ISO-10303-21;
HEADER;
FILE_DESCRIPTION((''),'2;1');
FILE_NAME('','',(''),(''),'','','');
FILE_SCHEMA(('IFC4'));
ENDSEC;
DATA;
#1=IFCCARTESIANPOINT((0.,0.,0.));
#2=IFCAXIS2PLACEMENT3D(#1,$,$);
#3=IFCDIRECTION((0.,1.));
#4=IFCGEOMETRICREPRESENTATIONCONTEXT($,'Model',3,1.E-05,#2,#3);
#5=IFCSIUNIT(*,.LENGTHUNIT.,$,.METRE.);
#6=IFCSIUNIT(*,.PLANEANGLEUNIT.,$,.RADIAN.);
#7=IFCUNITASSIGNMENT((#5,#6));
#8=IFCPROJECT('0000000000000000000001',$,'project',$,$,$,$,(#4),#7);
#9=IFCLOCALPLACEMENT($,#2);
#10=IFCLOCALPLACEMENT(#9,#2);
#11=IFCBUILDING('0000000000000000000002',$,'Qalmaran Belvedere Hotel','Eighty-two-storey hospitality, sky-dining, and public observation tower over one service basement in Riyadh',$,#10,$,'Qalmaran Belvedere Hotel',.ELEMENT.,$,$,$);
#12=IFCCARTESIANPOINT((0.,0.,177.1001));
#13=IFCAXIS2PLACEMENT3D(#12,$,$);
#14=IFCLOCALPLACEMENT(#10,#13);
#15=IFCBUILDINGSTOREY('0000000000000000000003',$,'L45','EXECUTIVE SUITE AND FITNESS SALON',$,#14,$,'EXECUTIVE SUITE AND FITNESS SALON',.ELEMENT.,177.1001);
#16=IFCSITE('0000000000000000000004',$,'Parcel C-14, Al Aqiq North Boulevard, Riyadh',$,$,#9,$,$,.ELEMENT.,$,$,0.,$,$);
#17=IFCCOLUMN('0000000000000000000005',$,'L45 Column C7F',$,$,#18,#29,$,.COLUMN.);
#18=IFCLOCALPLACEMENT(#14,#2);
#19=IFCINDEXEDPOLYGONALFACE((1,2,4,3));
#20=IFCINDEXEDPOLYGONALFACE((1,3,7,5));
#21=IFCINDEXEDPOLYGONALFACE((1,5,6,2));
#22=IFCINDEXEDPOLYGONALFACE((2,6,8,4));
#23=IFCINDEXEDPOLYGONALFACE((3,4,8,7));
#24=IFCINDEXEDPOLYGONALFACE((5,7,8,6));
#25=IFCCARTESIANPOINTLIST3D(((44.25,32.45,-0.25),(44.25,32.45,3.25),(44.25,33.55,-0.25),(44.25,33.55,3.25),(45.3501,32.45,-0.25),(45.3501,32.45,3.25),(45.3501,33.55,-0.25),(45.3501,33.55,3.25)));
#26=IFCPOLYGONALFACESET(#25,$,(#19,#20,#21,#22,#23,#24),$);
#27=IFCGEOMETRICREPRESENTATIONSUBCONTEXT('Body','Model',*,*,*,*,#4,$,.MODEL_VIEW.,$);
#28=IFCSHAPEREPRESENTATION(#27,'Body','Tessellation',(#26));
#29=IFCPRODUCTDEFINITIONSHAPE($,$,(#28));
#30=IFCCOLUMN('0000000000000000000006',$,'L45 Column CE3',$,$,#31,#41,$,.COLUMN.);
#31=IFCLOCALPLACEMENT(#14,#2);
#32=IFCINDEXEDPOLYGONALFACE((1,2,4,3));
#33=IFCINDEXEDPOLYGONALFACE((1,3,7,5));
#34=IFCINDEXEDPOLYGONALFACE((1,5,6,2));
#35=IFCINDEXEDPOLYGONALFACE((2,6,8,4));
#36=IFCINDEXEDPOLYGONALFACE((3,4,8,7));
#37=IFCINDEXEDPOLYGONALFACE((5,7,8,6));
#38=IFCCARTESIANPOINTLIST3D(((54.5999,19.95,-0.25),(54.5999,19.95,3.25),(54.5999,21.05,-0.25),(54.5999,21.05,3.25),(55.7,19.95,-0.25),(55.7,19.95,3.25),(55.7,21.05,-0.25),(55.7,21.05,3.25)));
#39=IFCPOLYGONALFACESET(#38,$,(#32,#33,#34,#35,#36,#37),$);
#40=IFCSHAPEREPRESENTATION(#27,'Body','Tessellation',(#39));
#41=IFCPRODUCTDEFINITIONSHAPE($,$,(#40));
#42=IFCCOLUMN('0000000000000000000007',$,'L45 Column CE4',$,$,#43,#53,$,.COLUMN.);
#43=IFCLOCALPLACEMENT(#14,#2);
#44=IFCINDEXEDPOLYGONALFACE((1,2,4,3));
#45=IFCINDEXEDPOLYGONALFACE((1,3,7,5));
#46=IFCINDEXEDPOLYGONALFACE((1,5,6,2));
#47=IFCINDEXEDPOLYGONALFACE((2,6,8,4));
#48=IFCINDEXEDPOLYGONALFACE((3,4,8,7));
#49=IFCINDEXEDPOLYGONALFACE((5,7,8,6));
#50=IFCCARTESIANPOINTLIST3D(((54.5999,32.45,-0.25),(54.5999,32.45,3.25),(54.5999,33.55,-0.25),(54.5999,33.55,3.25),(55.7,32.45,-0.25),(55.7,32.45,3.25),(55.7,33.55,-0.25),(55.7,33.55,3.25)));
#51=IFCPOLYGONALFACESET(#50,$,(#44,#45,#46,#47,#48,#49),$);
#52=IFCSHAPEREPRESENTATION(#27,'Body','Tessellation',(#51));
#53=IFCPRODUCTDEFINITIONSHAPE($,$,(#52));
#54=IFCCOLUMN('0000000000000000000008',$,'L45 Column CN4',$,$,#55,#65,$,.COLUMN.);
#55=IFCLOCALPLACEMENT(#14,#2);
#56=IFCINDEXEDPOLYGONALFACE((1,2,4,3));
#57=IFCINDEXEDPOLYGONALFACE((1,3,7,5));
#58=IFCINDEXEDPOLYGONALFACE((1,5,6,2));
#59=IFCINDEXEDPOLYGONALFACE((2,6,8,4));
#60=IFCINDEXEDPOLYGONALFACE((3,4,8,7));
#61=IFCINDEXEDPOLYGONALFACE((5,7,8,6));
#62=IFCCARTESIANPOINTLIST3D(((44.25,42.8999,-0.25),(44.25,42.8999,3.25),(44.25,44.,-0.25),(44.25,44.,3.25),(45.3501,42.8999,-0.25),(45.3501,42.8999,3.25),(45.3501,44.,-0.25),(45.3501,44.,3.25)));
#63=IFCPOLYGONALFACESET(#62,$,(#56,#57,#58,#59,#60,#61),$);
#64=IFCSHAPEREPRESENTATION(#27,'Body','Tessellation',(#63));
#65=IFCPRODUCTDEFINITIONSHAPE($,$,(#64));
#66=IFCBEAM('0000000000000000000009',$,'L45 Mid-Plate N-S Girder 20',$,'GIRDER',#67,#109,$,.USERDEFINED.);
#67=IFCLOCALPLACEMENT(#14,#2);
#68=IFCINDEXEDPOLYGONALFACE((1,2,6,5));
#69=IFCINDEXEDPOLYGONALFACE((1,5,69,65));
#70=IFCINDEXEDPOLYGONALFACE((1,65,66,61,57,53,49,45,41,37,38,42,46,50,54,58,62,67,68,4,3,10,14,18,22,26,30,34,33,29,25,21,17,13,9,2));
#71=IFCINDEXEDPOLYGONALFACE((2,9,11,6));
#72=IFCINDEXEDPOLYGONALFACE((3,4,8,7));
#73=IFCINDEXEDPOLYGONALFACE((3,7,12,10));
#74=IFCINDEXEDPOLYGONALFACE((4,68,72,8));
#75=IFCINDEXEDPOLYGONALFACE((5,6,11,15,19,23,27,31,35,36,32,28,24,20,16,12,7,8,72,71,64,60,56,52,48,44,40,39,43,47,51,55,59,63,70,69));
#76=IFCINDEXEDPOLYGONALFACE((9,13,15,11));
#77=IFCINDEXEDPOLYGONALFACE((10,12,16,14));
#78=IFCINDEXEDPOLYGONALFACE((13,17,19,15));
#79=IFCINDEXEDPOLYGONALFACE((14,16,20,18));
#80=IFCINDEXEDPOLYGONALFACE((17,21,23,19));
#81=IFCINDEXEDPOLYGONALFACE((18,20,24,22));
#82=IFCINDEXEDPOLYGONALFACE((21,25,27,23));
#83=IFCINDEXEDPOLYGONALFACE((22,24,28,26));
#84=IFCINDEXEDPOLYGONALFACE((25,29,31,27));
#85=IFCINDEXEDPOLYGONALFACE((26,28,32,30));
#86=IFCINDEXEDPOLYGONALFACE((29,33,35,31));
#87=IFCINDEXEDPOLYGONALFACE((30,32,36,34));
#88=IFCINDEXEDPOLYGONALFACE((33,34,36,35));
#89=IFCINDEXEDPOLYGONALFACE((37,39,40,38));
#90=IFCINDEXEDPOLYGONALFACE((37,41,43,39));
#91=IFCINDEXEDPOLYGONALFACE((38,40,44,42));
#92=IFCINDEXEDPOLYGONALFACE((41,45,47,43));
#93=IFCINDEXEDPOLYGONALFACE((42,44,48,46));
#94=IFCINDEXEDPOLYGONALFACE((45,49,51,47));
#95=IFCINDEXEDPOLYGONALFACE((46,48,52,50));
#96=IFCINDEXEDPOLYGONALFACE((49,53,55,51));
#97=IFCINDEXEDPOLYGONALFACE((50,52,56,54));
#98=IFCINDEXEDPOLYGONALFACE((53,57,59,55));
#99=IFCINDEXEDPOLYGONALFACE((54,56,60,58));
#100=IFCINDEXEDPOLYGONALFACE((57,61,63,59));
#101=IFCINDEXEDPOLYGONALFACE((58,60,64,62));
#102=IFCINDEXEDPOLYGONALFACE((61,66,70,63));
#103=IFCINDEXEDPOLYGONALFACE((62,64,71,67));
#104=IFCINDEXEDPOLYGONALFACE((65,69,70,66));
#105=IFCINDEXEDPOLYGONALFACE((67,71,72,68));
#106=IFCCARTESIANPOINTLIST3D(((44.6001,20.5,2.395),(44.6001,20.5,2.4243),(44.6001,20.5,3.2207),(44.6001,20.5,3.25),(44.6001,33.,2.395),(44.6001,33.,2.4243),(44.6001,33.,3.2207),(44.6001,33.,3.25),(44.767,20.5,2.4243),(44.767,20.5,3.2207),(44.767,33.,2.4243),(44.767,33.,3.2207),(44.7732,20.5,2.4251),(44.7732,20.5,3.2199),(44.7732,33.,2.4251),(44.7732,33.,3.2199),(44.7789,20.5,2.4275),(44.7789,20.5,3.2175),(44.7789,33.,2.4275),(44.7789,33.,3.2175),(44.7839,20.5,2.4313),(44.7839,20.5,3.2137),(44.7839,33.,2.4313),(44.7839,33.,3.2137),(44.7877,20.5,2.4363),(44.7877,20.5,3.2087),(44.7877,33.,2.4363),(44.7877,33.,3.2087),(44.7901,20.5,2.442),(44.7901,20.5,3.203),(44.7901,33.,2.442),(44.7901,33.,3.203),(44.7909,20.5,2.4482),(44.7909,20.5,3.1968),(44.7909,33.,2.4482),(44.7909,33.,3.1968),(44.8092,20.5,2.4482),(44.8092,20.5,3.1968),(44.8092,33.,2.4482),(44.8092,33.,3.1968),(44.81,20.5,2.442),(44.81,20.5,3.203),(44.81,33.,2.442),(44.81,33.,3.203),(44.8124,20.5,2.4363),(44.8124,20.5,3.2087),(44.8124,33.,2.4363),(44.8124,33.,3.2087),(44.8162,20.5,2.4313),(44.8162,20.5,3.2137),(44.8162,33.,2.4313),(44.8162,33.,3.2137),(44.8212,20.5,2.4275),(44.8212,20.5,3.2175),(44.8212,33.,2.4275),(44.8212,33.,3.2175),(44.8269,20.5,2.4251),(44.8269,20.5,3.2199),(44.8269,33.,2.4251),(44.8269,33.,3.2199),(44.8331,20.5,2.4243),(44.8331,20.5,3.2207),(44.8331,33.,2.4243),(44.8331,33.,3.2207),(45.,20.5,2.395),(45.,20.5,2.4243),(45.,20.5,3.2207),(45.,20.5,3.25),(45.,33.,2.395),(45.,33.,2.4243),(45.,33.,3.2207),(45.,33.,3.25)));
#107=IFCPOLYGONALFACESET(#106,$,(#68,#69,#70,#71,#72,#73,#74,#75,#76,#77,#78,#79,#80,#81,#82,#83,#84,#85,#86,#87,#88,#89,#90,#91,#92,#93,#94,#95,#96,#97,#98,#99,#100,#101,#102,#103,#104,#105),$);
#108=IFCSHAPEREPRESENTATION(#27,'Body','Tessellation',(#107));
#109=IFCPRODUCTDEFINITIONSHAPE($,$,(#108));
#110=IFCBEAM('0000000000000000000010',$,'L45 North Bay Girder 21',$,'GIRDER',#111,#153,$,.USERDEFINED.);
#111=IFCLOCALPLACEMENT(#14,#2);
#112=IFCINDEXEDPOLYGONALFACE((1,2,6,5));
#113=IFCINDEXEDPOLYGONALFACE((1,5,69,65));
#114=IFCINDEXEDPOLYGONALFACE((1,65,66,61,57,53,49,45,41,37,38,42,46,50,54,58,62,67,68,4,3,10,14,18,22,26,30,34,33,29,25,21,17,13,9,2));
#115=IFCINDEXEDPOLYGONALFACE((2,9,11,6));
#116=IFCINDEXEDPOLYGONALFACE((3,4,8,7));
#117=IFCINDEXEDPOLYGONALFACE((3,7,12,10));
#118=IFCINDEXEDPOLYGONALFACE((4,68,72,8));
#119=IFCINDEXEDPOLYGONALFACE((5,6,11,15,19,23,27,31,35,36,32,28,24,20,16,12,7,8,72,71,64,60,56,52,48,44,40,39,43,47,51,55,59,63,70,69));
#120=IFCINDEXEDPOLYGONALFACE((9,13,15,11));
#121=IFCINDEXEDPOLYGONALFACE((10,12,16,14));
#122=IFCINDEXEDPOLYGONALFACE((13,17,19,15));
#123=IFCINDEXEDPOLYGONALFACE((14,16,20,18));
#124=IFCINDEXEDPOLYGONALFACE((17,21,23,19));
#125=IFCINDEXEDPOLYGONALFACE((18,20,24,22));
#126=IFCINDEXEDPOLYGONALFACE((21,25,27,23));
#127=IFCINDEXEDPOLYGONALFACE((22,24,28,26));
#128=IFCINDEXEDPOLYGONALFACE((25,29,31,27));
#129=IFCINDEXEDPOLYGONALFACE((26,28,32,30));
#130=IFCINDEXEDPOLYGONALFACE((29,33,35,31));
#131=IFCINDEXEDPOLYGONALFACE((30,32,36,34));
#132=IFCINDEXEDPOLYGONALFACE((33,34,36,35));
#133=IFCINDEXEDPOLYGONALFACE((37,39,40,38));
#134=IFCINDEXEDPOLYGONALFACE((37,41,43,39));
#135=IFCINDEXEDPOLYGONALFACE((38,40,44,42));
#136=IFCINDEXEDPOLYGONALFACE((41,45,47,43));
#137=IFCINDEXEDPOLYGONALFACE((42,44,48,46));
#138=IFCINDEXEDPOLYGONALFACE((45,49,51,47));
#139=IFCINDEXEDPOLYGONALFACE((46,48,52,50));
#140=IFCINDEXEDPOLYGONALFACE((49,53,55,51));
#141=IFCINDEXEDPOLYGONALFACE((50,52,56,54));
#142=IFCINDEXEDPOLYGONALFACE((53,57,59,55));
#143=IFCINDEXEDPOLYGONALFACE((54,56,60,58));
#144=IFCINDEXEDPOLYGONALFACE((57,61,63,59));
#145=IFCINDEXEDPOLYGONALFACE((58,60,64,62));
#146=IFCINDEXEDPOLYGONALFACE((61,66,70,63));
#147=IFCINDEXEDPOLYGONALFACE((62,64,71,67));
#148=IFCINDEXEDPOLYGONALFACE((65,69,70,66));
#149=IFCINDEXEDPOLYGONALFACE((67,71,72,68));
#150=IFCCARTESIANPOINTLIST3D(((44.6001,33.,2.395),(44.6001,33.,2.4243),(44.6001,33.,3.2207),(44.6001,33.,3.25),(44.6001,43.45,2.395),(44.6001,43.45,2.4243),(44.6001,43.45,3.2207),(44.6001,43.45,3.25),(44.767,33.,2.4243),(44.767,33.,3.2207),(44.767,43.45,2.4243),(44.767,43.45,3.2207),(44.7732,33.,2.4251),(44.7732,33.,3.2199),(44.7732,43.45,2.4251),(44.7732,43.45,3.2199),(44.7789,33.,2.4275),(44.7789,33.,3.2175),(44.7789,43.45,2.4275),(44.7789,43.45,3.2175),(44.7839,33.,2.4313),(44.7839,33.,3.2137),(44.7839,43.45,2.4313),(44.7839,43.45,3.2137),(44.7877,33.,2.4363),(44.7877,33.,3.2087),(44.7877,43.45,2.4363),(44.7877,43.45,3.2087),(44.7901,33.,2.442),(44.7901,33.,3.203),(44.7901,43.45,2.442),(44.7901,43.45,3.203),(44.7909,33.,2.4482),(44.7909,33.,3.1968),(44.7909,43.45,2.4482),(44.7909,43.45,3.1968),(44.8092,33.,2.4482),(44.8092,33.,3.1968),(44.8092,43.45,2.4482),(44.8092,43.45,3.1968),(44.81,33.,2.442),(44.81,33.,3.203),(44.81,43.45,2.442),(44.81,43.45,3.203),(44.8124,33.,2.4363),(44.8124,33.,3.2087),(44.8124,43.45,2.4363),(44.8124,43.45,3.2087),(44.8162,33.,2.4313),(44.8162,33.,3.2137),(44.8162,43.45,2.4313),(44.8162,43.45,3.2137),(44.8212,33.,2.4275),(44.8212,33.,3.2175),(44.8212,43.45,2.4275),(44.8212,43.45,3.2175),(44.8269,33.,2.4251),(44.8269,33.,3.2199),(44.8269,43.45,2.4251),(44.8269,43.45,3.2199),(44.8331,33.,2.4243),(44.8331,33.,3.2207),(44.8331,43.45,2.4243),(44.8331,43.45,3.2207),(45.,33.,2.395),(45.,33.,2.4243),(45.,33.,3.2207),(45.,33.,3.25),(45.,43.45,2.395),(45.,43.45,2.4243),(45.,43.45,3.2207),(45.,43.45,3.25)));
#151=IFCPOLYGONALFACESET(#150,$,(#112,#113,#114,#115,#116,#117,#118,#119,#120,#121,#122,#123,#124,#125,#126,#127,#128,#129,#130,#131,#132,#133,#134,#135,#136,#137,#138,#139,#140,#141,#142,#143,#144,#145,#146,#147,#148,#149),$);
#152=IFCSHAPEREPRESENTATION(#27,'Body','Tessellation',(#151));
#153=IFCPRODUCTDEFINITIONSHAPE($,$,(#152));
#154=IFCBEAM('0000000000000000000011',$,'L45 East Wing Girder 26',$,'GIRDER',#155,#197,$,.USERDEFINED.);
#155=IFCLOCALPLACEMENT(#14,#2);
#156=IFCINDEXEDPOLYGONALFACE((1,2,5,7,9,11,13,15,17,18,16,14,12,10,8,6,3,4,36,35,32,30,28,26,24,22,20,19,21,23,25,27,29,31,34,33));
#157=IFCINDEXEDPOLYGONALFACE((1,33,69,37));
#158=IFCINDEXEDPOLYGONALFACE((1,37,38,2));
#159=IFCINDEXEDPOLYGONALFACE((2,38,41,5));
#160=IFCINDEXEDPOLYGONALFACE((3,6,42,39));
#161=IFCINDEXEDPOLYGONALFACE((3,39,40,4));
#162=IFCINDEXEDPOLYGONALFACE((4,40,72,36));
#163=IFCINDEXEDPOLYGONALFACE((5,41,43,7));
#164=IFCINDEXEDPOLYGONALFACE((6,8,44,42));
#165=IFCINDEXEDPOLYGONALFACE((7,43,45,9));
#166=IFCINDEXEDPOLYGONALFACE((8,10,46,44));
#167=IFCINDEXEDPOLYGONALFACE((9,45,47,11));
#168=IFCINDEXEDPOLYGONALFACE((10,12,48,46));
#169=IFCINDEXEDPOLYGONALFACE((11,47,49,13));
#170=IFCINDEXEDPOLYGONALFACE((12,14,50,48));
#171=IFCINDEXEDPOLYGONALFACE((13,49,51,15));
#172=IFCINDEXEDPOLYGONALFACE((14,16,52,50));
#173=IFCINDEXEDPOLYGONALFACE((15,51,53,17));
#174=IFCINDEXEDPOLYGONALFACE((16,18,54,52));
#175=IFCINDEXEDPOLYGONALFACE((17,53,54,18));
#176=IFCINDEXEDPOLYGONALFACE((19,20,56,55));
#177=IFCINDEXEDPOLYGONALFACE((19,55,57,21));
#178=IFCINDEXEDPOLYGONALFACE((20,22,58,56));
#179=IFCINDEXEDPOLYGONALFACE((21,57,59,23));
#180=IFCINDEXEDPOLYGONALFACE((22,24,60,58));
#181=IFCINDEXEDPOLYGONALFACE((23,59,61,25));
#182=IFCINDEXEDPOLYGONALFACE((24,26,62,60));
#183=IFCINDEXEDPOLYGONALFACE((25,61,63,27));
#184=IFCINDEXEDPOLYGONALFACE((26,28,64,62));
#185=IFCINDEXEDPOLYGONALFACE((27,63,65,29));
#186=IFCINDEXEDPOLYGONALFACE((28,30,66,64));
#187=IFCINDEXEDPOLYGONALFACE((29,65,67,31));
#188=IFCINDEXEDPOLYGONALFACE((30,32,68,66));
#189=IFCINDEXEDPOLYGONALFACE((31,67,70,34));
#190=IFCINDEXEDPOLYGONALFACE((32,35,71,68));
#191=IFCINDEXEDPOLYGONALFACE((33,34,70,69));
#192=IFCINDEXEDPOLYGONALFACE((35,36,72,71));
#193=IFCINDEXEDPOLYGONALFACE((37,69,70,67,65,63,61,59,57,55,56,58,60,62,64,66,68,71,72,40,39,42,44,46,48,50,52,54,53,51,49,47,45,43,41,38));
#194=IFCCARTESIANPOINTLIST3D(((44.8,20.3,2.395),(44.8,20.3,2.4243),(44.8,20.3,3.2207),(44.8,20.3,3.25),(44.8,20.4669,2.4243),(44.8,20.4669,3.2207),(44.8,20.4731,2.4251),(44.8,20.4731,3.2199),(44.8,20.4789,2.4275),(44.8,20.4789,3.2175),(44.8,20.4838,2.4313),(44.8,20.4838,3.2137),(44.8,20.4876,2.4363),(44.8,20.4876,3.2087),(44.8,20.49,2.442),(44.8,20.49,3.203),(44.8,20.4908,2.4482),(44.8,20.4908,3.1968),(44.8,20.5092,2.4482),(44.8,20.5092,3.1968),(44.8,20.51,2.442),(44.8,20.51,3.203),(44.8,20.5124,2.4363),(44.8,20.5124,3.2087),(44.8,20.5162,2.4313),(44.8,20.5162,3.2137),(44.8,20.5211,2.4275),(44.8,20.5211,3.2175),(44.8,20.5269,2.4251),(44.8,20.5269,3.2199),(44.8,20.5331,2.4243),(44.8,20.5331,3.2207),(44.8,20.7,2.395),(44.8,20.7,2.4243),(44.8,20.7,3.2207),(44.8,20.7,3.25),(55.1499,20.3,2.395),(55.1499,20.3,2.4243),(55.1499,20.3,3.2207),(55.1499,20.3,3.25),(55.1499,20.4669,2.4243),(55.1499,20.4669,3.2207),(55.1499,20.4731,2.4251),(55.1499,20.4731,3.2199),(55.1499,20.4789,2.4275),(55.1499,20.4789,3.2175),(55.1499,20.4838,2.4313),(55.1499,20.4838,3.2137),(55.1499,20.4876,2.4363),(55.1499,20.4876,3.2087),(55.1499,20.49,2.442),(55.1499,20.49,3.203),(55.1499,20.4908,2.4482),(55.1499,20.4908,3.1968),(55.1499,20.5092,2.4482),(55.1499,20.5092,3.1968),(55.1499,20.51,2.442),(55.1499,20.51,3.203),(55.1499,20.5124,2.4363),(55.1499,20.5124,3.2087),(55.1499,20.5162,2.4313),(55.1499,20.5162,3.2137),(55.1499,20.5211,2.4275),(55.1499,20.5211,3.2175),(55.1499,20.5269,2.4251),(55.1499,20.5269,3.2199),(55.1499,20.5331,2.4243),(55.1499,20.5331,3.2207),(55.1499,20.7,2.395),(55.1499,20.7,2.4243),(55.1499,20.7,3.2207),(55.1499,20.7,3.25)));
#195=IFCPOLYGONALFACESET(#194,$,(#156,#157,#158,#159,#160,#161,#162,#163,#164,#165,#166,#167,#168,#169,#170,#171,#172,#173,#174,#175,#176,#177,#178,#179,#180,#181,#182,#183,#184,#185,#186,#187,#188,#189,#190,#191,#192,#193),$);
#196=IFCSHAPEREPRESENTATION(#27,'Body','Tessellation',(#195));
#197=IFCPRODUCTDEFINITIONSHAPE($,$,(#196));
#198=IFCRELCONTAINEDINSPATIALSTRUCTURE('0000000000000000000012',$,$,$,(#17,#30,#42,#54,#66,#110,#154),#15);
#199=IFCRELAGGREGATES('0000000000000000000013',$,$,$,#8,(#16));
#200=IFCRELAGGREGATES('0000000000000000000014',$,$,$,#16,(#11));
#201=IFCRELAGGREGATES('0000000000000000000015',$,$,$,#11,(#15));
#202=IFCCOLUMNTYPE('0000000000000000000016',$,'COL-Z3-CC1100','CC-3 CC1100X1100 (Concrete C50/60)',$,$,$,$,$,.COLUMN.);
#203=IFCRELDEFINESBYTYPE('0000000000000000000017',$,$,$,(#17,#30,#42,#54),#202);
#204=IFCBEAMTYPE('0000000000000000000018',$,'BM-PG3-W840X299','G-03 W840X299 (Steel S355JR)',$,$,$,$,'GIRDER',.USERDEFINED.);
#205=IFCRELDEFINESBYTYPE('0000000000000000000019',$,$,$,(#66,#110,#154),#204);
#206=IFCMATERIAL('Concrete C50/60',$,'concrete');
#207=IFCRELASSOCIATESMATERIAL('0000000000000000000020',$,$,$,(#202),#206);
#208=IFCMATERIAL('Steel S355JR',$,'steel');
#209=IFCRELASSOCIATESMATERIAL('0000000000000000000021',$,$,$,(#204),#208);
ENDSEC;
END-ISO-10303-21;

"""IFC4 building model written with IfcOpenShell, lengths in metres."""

from ifc_helpers import new_model, si_unit, direction, frame, origin, origin_2d, place, context, subcontext, project, spatial, rectangle, i_section, extrude, material, material_profile, profile_set, type_object, element, save


model = new_model("IFC4")

# Units and contexts
model_context = context("Model", 3, precision=1e-05, world=origin(), true_north=direction((0.0, 1.0)))
body_context = subcontext(model_context, "Body", "Model", "MODEL_VIEW")
ifc_project = project(units=[si_unit("LENGTHUNIT", "METRE"), si_unit("PLANEANGLEUNIT", "RADIAN")], contexts=[model_context])

# Site, building, storey
site_placement = place(None, origin())
site = spatial("IfcSite", under=ifc_project, at=site_placement, Name="Parcel C-14, Al Aqiq North Boulevard, Riyadh", CompositionType="ELEMENT", RefElevation=0.0)
building_placement = place(site_placement, origin())
building = spatial("IfcBuilding", under=site, at=building_placement, Name="Qalmaran Belvedere Hotel", Description="Eighty-two-storey hospitality, sky-dining, and public observation tower over one service basement in Riyadh", LongName="Qalmaran Belvedere Hotel", CompositionType="ELEMENT")
storey_placement = place(building_placement, frame((0.0, 0.0, 177.1001)))
storey = spatial("IfcBuildingStorey", under=building, at=storey_placement, Name="L45", Description="EXECUTIVE SUITE AND FITNESS SALON", LongName="EXECUTIVE SUITE AND FITNESS SALON", CompositionType="ELEMENT", Elevation=177.1001)

# Columns
ifc_material_1 = material(Name="Concrete C50/60", Category="concrete")
ifc_material_profile_1 = material_profile(ifc_material_1, rectangle(XDim=1.1001, YDim=1.1001, at=origin_2d()), Name="CC1100X1100")
ifc_profile_set_1 = profile_set([ifc_material_profile_1], Name="Concrete C50/60")
column_type = type_object("IfcColumnType", Name="COL-Z3-CC1100", Description="CC-3 CC1100X1100 (Concrete C50/60)", PredefinedType="COLUMN", material=ifc_profile_set_1)
for number, where, z_axis, x_axis, name in (
    (1, (44.8, 33.0, -0.25), (0.0, 0.0, 1.0), (1.0, 0.0, 0.0), "L45 Column C7F"),
    (2, (55.1499, 20.5, -0.25), (0.0, 0.0, 1.0), (1.0, 0.0, 0.0), "L45 Column CE3"),
    (3, (55.1499, 33.0, -0.25), (0.0, 0.0, 1.0), (1.0, 0.0, 0.0), "L45 Column CE4"),
    (4, (44.8, 43.45, -0.25), (0.0, 0.0, 1.0), (1.0, 0.0, 0.0), "L45 Column CN4"),
):
    element("IfcColumn", number, at=place(storey_placement, frame(where, z_axis=z_axis, x_axis=x_axis)), inside=storey, type_object=column_type, Name=name, PredefinedType="COLUMN", context=body_context, shape_type="SweptSolid", body=[
        extrude(rectangle(XDim=1.1001, YDim=1.1001, at=origin_2d()), origin(), (0.0, 0.0, 1.0), 3.5),
    ])

# Beams
ifc_material_2 = material(Name="Steel S355JR", Category="steel")
ifc_material_profile_2 = material_profile(ifc_material_2, i_section(OverallWidth=0.3999, OverallDepth=0.855, WebThickness=0.0183, FlangeThickness=0.0293, FilletRadius=0.0239, at=origin_2d()), Name="W840X299")
ifc_profile_set_2 = profile_set([ifc_material_profile_2], Name="Steel S355JR")
beam_type_1 = type_object("IfcBeamType", Name="BM-PG3-W840X299", Description="G-03 W840X299 (Steel S355JR)", ElementType="GIRDER", PredefinedType="USERDEFINED", material=ifc_profile_set_2)
beam_1_placement = place(storey_placement, frame((44.8, 20.5, 2.8225), z_axis=(0.0, 1.0, 0.0), x_axis=(-1.0, 0.0, 0.0)))
element("IfcBeam", 5, at=beam_1_placement, inside=storey, type_object=beam_type_1, Name="L45 Mid-Plate N-S Girder 20", ObjectType="GIRDER", PredefinedType="USERDEFINED", context=body_context, shape_type="SweptSolid", body=[
    extrude(i_section(OverallWidth=0.3999, OverallDepth=0.855, WebThickness=0.0183, FlangeThickness=0.0293, FilletRadius=0.0239, at=origin_2d()), origin(), (0.0, 0.0, 1.0), 12.5),
])
beam_2_placement = place(storey_placement, frame((44.8, 33.0, 2.8225), z_axis=(0.0, 1.0, 0.0), x_axis=(-1.0, 0.0, 0.0)))
element("IfcBeam", 6, at=beam_2_placement, inside=storey, type_object=beam_type_1, Name="L45 North Bay Girder 21", ObjectType="GIRDER", PredefinedType="USERDEFINED", context=body_context, shape_type="SweptSolid", body=[
    extrude(i_section(OverallWidth=0.3999, OverallDepth=0.855, WebThickness=0.0183, FlangeThickness=0.0293, FilletRadius=0.0239, at=origin_2d()), origin(), (0.0, 0.0, 1.0), 10.45),
])
for number, where, z_axis, x_axis, name in (
    (7, (44.8, 20.5, 2.8225), (1.0, 0.0, 0.0), (0.0, 1.0, 0.0), "L45 East Wing Girder 26"),
):
    element("IfcBeam", number, at=place(storey_placement, frame(where, z_axis=z_axis, x_axis=x_axis)), inside=storey, type_object=beam_type_1, Name=name, ObjectType="GIRDER", PredefinedType="USERDEFINED", context=body_context, shape_type="SweptSolid", body=[
        extrude(i_section(OverallWidth=0.3999, OverallDepth=0.855, WebThickness=0.0183, FlangeThickness=0.0293, FilletRadius=0.0239, at=origin_2d()), origin(), (0.0, 0.0, 1.0), 10.3499),
    ])

save(model, "model.ifc")
